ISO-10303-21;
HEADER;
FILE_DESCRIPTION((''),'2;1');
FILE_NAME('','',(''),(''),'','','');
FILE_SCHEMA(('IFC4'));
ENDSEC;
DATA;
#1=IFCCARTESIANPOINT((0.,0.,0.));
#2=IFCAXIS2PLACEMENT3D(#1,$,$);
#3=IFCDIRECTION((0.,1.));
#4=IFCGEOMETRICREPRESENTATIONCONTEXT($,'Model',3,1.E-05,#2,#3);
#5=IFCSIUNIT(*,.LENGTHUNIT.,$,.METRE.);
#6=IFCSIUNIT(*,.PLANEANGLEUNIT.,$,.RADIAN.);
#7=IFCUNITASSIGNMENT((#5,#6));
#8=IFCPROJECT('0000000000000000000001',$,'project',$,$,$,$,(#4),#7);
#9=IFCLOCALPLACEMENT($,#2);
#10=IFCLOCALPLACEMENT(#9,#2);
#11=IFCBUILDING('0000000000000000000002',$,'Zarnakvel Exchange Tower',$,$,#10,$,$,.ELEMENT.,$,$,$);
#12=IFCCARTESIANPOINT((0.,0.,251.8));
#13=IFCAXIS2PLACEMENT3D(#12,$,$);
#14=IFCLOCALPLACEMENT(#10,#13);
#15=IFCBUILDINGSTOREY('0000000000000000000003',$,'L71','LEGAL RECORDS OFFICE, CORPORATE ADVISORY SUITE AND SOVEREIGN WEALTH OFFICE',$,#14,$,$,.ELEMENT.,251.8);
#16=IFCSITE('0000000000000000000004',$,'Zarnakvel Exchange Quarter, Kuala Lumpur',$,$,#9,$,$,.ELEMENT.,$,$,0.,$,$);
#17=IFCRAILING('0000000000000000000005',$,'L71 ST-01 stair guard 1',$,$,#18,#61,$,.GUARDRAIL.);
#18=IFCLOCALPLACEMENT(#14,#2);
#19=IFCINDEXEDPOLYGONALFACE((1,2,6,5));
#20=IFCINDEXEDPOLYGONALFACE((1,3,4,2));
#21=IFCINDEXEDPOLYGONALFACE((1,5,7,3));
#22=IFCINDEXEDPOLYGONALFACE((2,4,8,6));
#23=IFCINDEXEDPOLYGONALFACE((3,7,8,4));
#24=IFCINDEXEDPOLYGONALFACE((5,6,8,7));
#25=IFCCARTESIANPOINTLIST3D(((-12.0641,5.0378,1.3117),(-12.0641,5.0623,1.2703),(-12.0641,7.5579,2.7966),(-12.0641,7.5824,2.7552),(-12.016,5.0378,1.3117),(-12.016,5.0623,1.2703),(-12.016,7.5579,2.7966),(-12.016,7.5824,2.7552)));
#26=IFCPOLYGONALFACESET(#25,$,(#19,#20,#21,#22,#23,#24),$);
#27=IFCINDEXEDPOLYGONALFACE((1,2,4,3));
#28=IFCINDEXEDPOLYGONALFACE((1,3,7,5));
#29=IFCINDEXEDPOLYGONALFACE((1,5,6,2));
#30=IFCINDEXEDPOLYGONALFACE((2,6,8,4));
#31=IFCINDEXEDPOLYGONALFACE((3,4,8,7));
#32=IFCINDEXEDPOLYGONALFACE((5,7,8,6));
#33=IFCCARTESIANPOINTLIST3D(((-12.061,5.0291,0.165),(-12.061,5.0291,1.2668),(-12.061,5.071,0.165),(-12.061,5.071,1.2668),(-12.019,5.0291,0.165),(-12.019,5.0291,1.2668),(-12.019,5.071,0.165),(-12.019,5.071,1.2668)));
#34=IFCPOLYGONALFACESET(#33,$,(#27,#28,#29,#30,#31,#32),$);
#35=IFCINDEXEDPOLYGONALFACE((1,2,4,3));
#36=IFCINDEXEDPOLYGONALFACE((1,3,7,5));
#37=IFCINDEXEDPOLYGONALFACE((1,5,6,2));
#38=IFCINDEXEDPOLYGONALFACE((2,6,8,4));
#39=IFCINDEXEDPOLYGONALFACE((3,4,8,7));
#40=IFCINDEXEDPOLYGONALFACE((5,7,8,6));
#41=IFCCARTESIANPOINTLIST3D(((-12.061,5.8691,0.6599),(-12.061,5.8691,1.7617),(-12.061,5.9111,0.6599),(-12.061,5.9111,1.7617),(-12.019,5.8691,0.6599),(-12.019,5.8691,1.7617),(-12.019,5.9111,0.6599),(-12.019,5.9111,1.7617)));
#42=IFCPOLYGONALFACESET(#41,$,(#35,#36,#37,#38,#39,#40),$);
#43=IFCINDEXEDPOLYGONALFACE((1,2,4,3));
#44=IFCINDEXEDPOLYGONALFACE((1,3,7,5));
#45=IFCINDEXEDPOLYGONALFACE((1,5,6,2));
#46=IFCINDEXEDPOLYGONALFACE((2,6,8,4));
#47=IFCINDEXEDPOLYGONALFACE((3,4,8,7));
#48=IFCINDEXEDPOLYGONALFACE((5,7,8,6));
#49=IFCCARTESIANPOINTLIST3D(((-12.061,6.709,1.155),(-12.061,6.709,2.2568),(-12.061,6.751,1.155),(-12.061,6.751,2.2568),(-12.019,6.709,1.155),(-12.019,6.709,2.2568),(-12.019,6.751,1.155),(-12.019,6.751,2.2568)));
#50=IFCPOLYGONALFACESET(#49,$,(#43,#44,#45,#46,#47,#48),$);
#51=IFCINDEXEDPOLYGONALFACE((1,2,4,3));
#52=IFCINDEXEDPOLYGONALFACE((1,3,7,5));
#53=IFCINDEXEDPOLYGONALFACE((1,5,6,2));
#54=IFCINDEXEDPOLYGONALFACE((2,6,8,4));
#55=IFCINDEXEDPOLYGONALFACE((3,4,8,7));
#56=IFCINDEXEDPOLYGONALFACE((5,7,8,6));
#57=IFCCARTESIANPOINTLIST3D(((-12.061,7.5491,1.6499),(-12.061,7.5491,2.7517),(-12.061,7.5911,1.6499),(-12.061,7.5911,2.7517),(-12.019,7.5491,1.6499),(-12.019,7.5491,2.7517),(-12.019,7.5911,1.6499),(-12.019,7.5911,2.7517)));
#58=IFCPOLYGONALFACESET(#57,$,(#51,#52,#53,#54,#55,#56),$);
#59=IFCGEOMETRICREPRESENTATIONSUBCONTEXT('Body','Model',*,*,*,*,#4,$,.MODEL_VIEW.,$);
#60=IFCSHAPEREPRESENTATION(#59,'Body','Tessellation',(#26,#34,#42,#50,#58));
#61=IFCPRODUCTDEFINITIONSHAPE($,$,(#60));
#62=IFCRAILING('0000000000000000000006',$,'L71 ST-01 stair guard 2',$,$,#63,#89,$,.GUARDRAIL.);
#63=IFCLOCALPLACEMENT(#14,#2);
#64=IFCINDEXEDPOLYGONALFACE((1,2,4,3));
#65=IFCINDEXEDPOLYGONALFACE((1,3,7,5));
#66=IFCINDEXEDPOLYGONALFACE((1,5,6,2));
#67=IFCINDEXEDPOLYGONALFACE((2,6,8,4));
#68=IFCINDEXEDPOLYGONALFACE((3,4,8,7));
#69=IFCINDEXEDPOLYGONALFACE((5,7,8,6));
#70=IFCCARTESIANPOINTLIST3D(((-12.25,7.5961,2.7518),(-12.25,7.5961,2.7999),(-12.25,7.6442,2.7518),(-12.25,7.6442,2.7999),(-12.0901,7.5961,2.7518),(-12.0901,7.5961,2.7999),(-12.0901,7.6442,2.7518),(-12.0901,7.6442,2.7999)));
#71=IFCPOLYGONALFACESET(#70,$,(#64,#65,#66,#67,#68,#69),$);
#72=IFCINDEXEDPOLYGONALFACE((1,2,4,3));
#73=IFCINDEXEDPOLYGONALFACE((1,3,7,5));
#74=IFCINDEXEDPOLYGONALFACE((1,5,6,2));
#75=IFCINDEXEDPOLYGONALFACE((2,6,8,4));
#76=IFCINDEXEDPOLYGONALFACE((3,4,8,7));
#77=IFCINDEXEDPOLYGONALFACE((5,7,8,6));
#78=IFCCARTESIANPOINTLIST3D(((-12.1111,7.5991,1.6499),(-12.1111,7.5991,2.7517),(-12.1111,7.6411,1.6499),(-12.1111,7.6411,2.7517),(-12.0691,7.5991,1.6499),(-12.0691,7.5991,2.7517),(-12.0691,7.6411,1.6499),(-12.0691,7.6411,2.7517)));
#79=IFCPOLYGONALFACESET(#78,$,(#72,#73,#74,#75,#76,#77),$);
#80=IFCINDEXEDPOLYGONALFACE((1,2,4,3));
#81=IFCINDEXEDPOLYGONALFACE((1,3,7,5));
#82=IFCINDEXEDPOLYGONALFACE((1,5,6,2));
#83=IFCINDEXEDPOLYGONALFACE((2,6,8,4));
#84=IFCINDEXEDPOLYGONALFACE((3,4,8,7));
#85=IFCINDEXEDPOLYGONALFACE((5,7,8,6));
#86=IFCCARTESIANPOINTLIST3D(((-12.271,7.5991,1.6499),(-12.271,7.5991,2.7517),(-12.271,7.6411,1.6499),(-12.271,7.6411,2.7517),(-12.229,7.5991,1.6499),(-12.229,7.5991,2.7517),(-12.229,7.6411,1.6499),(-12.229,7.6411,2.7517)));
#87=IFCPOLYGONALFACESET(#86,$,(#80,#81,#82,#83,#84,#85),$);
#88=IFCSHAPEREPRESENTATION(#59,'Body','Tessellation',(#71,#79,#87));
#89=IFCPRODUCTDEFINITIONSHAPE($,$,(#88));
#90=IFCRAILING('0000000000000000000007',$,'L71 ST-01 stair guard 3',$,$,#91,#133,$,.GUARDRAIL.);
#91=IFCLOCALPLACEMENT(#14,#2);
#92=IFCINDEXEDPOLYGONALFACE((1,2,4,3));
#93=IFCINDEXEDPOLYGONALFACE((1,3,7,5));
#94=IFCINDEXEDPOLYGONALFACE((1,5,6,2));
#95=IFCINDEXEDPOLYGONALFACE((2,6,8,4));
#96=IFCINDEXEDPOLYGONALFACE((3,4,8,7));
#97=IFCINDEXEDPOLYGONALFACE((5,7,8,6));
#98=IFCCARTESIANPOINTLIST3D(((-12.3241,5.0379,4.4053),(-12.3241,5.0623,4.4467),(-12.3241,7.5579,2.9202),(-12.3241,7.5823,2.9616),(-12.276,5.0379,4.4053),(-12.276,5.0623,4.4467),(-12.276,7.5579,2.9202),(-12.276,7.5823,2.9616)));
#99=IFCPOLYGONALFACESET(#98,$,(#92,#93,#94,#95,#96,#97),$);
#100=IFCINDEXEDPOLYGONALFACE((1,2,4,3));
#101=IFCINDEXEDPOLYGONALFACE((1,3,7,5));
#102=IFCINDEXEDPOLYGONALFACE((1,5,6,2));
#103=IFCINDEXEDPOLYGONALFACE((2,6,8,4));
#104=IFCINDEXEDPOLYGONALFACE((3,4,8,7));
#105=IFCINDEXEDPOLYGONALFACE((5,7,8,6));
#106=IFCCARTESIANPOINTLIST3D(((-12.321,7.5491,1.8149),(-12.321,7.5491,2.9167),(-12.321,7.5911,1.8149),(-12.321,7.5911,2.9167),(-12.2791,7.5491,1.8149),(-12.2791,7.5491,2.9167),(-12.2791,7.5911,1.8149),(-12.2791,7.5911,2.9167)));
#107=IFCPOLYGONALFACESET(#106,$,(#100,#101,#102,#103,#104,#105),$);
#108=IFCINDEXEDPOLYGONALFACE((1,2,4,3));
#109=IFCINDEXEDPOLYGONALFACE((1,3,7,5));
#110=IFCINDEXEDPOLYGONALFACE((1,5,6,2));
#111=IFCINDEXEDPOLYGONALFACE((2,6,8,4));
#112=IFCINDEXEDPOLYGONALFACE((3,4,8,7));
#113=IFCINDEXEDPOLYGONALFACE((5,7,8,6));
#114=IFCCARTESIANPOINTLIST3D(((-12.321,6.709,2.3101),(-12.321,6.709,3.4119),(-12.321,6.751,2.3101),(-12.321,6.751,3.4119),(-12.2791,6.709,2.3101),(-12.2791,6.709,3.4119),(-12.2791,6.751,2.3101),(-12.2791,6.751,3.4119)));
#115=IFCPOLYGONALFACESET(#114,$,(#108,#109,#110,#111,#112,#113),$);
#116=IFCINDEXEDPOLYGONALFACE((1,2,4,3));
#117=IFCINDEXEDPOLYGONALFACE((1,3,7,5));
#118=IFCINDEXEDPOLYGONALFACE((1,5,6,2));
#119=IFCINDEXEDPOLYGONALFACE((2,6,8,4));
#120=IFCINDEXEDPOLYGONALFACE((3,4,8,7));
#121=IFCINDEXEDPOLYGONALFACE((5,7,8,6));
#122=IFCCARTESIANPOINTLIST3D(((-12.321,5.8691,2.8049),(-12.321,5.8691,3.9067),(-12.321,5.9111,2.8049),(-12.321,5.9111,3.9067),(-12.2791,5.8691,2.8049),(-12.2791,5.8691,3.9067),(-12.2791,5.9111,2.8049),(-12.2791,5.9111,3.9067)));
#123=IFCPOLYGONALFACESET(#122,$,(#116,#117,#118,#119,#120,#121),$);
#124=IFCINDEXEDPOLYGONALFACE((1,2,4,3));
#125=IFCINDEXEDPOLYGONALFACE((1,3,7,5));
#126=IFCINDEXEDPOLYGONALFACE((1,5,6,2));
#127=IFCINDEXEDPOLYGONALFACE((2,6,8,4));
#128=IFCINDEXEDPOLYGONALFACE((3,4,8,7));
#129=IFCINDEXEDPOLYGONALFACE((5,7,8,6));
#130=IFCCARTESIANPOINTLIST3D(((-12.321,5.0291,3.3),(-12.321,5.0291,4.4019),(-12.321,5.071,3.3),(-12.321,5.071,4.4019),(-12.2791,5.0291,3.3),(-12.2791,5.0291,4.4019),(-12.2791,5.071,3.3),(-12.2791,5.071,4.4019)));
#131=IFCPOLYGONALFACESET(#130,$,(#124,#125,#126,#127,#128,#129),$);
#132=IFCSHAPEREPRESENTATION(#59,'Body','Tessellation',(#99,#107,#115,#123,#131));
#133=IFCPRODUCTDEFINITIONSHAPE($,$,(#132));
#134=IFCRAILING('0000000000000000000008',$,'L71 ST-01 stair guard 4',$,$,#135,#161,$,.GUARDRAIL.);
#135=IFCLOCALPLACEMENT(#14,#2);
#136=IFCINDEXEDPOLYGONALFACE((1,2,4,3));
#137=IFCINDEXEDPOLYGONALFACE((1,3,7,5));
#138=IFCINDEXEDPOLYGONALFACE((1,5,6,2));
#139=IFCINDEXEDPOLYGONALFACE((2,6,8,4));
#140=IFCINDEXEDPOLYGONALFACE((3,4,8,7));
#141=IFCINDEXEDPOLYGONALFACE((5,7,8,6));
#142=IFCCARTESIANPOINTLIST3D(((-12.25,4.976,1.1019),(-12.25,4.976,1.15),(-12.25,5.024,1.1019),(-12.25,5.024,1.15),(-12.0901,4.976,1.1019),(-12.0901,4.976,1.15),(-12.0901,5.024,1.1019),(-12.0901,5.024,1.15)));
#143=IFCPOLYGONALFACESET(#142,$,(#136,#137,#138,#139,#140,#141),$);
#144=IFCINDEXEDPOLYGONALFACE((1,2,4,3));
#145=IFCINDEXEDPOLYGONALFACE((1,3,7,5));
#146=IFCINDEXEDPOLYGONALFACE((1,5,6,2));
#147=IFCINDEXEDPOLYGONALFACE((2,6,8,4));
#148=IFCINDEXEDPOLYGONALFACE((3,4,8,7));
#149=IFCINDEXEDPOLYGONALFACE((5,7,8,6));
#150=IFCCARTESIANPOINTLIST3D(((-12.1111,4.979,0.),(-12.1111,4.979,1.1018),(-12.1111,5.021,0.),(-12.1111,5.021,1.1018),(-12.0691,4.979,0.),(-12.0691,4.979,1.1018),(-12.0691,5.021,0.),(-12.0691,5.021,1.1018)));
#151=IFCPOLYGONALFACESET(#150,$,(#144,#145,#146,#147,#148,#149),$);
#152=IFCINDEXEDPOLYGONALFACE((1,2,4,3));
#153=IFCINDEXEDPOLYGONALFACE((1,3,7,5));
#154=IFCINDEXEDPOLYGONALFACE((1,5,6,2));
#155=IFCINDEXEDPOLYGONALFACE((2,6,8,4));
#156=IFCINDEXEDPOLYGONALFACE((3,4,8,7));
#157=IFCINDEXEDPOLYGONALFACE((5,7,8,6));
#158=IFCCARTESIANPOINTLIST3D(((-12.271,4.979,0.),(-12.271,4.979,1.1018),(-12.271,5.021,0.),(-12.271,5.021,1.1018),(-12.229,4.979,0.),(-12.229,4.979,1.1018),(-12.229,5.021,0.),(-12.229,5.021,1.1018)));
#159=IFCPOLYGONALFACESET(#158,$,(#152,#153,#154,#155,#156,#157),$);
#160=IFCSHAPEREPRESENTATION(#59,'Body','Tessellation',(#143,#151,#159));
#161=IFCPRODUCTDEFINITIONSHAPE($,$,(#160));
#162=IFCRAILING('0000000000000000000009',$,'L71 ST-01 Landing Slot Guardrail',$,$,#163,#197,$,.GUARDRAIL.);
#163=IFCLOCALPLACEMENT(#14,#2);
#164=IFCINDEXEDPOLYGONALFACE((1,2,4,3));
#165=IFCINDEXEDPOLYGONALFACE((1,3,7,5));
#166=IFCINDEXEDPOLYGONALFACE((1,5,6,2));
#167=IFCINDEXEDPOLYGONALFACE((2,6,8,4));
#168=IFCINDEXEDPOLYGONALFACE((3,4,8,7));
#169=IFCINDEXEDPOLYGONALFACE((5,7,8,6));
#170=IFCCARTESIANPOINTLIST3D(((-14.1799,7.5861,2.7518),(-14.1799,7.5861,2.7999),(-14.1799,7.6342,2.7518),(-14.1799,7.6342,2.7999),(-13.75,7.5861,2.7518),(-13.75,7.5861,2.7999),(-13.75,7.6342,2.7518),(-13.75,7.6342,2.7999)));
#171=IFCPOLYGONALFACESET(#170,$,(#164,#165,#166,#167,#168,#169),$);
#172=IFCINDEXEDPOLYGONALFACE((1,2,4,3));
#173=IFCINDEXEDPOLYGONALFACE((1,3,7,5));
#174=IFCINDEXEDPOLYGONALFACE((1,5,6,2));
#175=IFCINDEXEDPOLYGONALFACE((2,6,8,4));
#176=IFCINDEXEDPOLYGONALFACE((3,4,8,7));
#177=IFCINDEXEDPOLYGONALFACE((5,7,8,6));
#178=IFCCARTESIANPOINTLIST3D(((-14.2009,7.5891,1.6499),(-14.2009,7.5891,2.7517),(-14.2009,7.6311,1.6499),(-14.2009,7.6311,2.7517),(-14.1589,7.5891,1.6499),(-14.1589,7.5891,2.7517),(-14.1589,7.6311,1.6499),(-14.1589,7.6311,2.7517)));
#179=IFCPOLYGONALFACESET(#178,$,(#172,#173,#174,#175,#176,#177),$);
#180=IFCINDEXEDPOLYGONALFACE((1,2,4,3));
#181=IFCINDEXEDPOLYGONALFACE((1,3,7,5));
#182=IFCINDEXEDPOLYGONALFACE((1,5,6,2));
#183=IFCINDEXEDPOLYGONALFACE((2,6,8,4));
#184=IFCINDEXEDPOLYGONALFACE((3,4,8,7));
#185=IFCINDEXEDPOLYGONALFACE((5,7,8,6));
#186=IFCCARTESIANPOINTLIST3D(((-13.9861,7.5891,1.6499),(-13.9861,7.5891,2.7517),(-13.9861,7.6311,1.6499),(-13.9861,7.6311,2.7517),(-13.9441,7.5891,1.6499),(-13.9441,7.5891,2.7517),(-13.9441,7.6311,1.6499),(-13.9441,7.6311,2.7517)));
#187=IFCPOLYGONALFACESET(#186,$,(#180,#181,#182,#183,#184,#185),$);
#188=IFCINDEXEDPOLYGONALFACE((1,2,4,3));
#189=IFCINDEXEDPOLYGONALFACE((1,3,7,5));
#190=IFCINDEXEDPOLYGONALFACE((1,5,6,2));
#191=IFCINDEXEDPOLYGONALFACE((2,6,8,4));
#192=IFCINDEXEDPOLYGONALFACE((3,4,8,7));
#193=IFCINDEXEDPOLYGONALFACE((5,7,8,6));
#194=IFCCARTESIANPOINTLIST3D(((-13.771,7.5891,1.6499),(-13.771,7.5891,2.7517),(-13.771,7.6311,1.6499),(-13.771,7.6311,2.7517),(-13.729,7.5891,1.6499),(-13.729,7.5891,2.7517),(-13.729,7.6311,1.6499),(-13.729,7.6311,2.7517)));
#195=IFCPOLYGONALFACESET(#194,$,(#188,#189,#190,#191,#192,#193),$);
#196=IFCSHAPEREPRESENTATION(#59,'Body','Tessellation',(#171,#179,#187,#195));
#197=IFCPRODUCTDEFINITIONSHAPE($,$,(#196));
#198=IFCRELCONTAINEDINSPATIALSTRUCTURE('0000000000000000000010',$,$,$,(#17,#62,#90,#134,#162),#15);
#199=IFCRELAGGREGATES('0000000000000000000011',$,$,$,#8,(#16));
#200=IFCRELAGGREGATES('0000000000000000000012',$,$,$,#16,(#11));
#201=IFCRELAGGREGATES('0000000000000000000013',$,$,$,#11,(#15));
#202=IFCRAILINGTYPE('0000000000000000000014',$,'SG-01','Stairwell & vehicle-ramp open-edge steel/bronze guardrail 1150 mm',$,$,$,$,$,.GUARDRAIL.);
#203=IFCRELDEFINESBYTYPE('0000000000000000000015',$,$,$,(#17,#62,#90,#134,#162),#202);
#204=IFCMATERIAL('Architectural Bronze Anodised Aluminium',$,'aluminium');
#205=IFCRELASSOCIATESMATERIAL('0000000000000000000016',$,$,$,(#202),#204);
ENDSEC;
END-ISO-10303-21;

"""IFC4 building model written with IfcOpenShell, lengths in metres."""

from ifc_helpers import new_model, si_unit, direction, frame, origin, origin_2d, place, context, subcontext, project, spatial, rectangle, extrude, material, type_object, element, save


model = new_model("IFC4")

# Units and contexts
model_context = context("Model", 3, precision=1e-05, world=origin(), true_north=direction((0.0, 1.0)))
body_context = subcontext(model_context, "Body", "Model", "MODEL_VIEW")
ifc_project = project(units=[si_unit("LENGTHUNIT", "METRE"), si_unit("PLANEANGLEUNIT", "RADIAN")], contexts=[model_context])

# Site, building, storey
site_placement = place(None, origin())
site = spatial("IfcSite", under=ifc_project, at=site_placement, Name="Zarnakvel Exchange Quarter, Kuala Lumpur", CompositionType="ELEMENT", RefElevation=0.0)
building_placement = place(site_placement, origin())
building = spatial("IfcBuilding", under=site, at=building_placement, Name="Zarnakvel Exchange Tower", CompositionType="ELEMENT")
storey_placement = place(building_placement, frame((0.0, 0.0, 251.8)))
storey = spatial("IfcBuildingStorey", under=building, at=storey_placement, Name="L71", Description="LEGAL RECORDS OFFICE, CORPORATE ADVISORY SUITE AND SOVEREIGN WEALTH OFFICE", CompositionType="ELEMENT", Elevation=251.8)

# Shared definitions
ifc_material_1 = material(Name="Architectural Bronze Anodised Aluminium", Category="aluminium")

# Railings
railing_type_1 = type_object("IfcRailingType", Name="SG-01", Description="Stairwell & vehicle-ramp open-edge steel/bronze guardrail 1150 mm", PredefinedType="GUARDRAIL", material=ifc_material_1)
railing_1_placement = place(storey_placement, frame((-12.04, 5.05, 0.165)))
element("IfcRailing", 1, at=railing_1_placement, inside=storey, type_object=railing_type_1, Name="L71 ST-01 stair guard 1", PredefinedType="GUARDRAIL", context=body_context, shape_type="SweptSolid", body=[
    extrude(rectangle(XDim=0.0481, YDim=0.0481, at=origin_2d()), frame((0.0, 0.0, 1.126), z_axis=(0.0, 0.861561, 0.507655), x_axis=(-1.0, 0.0, 0.0)), (0.0, 0.0, 1.0), 2.925),
    extrude(rectangle(XDim=0.042, YDim=0.042, at=origin_2d()), origin(), (0.0, 0.0, 1.0), 1.1018),
    extrude(rectangle(XDim=0.042, YDim=0.042, at=origin_2d()), frame((0.0, 0.8401, 0.4949)), (0.0, 0.0, 1.0), 1.1018),
    extrude(rectangle(XDim=0.042, YDim=0.042, at=origin_2d()), frame((0.0, 1.6799, 0.99)), (0.0, 0.0, 1.0), 1.1018),
    extrude(rectangle(XDim=0.042, YDim=0.042, at=origin_2d()), frame((0.0, 2.52, 1.4849)), (0.0, 0.0, 1.0), 1.1018),
])
railing_2_placement = place(storey_placement, frame((-12.0901, 7.6201, 1.6499)))
element("IfcRailing", 2, at=railing_2_placement, inside=storey, type_object=railing_type_1, Name="L71 ST-01 stair guard 2", PredefinedType="GUARDRAIL", context=body_context, shape_type="SweptSolid", body=[
    extrude(rectangle(XDim=0.0481, YDim=0.0481, at=origin_2d()), frame((0.0, 0.0, 1.126), z_axis=(-1.0, 0.0, 0.0), x_axis=(0.0, -1.0, 0.0)), (0.0, 0.0, 1.0), 0.1599),
    extrude(rectangle(XDim=0.042, YDim=0.042, at=origin_2d()), origin(), (0.0, 0.0, 1.0), 1.1018),
    extrude(rectangle(XDim=0.042, YDim=0.042, at=origin_2d()), frame((-0.1599, 0.0, 0.0)), (0.0, 0.0, 1.0), 1.1018),
])
railing_3_placement = place(storey_placement, frame((-12.3, 7.5701, 1.8149)))
element("IfcRailing", 3, at=railing_3_placement, inside=storey, type_object=railing_type_1, Name="L71 ST-01 stair guard 3", PredefinedType="GUARDRAIL", context=body_context, shape_type="SweptSolid", body=[
    extrude(rectangle(XDim=0.0481, YDim=0.0481, at=origin_2d()), frame((0.0, 0.0, 1.126), z_axis=(0.0, -0.861524, 0.507717), x_axis=(1.0, 0.0, 0.0)), (0.0, 0.0, 1.0), 2.925),
    extrude(rectangle(XDim=0.042, YDim=0.042, at=origin_2d()), origin(), (0.0, 0.0, 1.0), 1.1018),
    extrude(rectangle(XDim=0.042, YDim=0.042, at=origin_2d()), frame((0.0, -0.8401, 0.4951)), (0.0, 0.0, 1.0), 1.1018),
    extrude(rectangle(XDim=0.042, YDim=0.042, at=origin_2d()), frame((0.0, -1.6799, 0.99)), (0.0, 0.0, 1.0), 1.1018),
    extrude(rectangle(XDim=0.042, YDim=0.042, at=origin_2d()), frame((0.0, -2.52, 1.4851)), (0.0, 0.0, 1.0), 1.1018),
])
railing_4_placement = place(storey_placement, frame((-12.0901, 5.0, 0.0)))
element("IfcRailing", 4, at=railing_4_placement, inside=storey, type_object=railing_type_1, Name="L71 ST-01 stair guard 4", PredefinedType="GUARDRAIL", context=body_context, shape_type="SweptSolid", body=[
    extrude(rectangle(XDim=0.0481, YDim=0.0481, at=origin_2d()), frame((0.0, 0.0, 1.126), z_axis=(-1.0, 0.0, 0.0), x_axis=(0.0, -1.0, 0.0)), (0.0, 0.0, 1.0), 0.1599),
    extrude(rectangle(XDim=0.042, YDim=0.042, at=origin_2d()), origin(), (0.0, 0.0, 1.0), 1.1018),
    extrude(rectangle(XDim=0.042, YDim=0.042, at=origin_2d()), frame((-0.1599, 0.0, 0.0)), (0.0, 0.0, 1.0), 1.1018),
])
railing_5_placement = place(storey_placement, frame((-14.1799, 7.6101, 1.6499)))
element("IfcRailing", 5, at=railing_5_placement, inside=storey, type_object=railing_type_1, Name="L71 ST-01 Landing Slot Guardrail", PredefinedType="GUARDRAIL", context=body_context, shape_type="SweptSolid", body=[
    extrude(rectangle(XDim=0.0481, YDim=0.0481, at=origin_2d()), frame((0.0, 0.0, 1.126), z_axis=(1.0, 0.0, 0.0), x_axis=(0.0, 1.0, 0.0)), (0.0, 0.0, 1.0), 0.4299),
    extrude(rectangle(XDim=0.042, YDim=0.042, at=origin_2d()), origin(), (0.0, 0.0, 1.0), 1.1018),
    extrude(rectangle(XDim=0.042, YDim=0.042, at=origin_2d()), frame((0.2148, 0.0, 0.0)), (0.0, 0.0, 1.0), 1.1018),
    extrude(rectangle(XDim=0.042, YDim=0.042, at=origin_2d()), frame((0.4299, 0.0, 0.0)), (0.0, 0.0, 1.0), 1.1018),
])

save(model, "model.ifc")
